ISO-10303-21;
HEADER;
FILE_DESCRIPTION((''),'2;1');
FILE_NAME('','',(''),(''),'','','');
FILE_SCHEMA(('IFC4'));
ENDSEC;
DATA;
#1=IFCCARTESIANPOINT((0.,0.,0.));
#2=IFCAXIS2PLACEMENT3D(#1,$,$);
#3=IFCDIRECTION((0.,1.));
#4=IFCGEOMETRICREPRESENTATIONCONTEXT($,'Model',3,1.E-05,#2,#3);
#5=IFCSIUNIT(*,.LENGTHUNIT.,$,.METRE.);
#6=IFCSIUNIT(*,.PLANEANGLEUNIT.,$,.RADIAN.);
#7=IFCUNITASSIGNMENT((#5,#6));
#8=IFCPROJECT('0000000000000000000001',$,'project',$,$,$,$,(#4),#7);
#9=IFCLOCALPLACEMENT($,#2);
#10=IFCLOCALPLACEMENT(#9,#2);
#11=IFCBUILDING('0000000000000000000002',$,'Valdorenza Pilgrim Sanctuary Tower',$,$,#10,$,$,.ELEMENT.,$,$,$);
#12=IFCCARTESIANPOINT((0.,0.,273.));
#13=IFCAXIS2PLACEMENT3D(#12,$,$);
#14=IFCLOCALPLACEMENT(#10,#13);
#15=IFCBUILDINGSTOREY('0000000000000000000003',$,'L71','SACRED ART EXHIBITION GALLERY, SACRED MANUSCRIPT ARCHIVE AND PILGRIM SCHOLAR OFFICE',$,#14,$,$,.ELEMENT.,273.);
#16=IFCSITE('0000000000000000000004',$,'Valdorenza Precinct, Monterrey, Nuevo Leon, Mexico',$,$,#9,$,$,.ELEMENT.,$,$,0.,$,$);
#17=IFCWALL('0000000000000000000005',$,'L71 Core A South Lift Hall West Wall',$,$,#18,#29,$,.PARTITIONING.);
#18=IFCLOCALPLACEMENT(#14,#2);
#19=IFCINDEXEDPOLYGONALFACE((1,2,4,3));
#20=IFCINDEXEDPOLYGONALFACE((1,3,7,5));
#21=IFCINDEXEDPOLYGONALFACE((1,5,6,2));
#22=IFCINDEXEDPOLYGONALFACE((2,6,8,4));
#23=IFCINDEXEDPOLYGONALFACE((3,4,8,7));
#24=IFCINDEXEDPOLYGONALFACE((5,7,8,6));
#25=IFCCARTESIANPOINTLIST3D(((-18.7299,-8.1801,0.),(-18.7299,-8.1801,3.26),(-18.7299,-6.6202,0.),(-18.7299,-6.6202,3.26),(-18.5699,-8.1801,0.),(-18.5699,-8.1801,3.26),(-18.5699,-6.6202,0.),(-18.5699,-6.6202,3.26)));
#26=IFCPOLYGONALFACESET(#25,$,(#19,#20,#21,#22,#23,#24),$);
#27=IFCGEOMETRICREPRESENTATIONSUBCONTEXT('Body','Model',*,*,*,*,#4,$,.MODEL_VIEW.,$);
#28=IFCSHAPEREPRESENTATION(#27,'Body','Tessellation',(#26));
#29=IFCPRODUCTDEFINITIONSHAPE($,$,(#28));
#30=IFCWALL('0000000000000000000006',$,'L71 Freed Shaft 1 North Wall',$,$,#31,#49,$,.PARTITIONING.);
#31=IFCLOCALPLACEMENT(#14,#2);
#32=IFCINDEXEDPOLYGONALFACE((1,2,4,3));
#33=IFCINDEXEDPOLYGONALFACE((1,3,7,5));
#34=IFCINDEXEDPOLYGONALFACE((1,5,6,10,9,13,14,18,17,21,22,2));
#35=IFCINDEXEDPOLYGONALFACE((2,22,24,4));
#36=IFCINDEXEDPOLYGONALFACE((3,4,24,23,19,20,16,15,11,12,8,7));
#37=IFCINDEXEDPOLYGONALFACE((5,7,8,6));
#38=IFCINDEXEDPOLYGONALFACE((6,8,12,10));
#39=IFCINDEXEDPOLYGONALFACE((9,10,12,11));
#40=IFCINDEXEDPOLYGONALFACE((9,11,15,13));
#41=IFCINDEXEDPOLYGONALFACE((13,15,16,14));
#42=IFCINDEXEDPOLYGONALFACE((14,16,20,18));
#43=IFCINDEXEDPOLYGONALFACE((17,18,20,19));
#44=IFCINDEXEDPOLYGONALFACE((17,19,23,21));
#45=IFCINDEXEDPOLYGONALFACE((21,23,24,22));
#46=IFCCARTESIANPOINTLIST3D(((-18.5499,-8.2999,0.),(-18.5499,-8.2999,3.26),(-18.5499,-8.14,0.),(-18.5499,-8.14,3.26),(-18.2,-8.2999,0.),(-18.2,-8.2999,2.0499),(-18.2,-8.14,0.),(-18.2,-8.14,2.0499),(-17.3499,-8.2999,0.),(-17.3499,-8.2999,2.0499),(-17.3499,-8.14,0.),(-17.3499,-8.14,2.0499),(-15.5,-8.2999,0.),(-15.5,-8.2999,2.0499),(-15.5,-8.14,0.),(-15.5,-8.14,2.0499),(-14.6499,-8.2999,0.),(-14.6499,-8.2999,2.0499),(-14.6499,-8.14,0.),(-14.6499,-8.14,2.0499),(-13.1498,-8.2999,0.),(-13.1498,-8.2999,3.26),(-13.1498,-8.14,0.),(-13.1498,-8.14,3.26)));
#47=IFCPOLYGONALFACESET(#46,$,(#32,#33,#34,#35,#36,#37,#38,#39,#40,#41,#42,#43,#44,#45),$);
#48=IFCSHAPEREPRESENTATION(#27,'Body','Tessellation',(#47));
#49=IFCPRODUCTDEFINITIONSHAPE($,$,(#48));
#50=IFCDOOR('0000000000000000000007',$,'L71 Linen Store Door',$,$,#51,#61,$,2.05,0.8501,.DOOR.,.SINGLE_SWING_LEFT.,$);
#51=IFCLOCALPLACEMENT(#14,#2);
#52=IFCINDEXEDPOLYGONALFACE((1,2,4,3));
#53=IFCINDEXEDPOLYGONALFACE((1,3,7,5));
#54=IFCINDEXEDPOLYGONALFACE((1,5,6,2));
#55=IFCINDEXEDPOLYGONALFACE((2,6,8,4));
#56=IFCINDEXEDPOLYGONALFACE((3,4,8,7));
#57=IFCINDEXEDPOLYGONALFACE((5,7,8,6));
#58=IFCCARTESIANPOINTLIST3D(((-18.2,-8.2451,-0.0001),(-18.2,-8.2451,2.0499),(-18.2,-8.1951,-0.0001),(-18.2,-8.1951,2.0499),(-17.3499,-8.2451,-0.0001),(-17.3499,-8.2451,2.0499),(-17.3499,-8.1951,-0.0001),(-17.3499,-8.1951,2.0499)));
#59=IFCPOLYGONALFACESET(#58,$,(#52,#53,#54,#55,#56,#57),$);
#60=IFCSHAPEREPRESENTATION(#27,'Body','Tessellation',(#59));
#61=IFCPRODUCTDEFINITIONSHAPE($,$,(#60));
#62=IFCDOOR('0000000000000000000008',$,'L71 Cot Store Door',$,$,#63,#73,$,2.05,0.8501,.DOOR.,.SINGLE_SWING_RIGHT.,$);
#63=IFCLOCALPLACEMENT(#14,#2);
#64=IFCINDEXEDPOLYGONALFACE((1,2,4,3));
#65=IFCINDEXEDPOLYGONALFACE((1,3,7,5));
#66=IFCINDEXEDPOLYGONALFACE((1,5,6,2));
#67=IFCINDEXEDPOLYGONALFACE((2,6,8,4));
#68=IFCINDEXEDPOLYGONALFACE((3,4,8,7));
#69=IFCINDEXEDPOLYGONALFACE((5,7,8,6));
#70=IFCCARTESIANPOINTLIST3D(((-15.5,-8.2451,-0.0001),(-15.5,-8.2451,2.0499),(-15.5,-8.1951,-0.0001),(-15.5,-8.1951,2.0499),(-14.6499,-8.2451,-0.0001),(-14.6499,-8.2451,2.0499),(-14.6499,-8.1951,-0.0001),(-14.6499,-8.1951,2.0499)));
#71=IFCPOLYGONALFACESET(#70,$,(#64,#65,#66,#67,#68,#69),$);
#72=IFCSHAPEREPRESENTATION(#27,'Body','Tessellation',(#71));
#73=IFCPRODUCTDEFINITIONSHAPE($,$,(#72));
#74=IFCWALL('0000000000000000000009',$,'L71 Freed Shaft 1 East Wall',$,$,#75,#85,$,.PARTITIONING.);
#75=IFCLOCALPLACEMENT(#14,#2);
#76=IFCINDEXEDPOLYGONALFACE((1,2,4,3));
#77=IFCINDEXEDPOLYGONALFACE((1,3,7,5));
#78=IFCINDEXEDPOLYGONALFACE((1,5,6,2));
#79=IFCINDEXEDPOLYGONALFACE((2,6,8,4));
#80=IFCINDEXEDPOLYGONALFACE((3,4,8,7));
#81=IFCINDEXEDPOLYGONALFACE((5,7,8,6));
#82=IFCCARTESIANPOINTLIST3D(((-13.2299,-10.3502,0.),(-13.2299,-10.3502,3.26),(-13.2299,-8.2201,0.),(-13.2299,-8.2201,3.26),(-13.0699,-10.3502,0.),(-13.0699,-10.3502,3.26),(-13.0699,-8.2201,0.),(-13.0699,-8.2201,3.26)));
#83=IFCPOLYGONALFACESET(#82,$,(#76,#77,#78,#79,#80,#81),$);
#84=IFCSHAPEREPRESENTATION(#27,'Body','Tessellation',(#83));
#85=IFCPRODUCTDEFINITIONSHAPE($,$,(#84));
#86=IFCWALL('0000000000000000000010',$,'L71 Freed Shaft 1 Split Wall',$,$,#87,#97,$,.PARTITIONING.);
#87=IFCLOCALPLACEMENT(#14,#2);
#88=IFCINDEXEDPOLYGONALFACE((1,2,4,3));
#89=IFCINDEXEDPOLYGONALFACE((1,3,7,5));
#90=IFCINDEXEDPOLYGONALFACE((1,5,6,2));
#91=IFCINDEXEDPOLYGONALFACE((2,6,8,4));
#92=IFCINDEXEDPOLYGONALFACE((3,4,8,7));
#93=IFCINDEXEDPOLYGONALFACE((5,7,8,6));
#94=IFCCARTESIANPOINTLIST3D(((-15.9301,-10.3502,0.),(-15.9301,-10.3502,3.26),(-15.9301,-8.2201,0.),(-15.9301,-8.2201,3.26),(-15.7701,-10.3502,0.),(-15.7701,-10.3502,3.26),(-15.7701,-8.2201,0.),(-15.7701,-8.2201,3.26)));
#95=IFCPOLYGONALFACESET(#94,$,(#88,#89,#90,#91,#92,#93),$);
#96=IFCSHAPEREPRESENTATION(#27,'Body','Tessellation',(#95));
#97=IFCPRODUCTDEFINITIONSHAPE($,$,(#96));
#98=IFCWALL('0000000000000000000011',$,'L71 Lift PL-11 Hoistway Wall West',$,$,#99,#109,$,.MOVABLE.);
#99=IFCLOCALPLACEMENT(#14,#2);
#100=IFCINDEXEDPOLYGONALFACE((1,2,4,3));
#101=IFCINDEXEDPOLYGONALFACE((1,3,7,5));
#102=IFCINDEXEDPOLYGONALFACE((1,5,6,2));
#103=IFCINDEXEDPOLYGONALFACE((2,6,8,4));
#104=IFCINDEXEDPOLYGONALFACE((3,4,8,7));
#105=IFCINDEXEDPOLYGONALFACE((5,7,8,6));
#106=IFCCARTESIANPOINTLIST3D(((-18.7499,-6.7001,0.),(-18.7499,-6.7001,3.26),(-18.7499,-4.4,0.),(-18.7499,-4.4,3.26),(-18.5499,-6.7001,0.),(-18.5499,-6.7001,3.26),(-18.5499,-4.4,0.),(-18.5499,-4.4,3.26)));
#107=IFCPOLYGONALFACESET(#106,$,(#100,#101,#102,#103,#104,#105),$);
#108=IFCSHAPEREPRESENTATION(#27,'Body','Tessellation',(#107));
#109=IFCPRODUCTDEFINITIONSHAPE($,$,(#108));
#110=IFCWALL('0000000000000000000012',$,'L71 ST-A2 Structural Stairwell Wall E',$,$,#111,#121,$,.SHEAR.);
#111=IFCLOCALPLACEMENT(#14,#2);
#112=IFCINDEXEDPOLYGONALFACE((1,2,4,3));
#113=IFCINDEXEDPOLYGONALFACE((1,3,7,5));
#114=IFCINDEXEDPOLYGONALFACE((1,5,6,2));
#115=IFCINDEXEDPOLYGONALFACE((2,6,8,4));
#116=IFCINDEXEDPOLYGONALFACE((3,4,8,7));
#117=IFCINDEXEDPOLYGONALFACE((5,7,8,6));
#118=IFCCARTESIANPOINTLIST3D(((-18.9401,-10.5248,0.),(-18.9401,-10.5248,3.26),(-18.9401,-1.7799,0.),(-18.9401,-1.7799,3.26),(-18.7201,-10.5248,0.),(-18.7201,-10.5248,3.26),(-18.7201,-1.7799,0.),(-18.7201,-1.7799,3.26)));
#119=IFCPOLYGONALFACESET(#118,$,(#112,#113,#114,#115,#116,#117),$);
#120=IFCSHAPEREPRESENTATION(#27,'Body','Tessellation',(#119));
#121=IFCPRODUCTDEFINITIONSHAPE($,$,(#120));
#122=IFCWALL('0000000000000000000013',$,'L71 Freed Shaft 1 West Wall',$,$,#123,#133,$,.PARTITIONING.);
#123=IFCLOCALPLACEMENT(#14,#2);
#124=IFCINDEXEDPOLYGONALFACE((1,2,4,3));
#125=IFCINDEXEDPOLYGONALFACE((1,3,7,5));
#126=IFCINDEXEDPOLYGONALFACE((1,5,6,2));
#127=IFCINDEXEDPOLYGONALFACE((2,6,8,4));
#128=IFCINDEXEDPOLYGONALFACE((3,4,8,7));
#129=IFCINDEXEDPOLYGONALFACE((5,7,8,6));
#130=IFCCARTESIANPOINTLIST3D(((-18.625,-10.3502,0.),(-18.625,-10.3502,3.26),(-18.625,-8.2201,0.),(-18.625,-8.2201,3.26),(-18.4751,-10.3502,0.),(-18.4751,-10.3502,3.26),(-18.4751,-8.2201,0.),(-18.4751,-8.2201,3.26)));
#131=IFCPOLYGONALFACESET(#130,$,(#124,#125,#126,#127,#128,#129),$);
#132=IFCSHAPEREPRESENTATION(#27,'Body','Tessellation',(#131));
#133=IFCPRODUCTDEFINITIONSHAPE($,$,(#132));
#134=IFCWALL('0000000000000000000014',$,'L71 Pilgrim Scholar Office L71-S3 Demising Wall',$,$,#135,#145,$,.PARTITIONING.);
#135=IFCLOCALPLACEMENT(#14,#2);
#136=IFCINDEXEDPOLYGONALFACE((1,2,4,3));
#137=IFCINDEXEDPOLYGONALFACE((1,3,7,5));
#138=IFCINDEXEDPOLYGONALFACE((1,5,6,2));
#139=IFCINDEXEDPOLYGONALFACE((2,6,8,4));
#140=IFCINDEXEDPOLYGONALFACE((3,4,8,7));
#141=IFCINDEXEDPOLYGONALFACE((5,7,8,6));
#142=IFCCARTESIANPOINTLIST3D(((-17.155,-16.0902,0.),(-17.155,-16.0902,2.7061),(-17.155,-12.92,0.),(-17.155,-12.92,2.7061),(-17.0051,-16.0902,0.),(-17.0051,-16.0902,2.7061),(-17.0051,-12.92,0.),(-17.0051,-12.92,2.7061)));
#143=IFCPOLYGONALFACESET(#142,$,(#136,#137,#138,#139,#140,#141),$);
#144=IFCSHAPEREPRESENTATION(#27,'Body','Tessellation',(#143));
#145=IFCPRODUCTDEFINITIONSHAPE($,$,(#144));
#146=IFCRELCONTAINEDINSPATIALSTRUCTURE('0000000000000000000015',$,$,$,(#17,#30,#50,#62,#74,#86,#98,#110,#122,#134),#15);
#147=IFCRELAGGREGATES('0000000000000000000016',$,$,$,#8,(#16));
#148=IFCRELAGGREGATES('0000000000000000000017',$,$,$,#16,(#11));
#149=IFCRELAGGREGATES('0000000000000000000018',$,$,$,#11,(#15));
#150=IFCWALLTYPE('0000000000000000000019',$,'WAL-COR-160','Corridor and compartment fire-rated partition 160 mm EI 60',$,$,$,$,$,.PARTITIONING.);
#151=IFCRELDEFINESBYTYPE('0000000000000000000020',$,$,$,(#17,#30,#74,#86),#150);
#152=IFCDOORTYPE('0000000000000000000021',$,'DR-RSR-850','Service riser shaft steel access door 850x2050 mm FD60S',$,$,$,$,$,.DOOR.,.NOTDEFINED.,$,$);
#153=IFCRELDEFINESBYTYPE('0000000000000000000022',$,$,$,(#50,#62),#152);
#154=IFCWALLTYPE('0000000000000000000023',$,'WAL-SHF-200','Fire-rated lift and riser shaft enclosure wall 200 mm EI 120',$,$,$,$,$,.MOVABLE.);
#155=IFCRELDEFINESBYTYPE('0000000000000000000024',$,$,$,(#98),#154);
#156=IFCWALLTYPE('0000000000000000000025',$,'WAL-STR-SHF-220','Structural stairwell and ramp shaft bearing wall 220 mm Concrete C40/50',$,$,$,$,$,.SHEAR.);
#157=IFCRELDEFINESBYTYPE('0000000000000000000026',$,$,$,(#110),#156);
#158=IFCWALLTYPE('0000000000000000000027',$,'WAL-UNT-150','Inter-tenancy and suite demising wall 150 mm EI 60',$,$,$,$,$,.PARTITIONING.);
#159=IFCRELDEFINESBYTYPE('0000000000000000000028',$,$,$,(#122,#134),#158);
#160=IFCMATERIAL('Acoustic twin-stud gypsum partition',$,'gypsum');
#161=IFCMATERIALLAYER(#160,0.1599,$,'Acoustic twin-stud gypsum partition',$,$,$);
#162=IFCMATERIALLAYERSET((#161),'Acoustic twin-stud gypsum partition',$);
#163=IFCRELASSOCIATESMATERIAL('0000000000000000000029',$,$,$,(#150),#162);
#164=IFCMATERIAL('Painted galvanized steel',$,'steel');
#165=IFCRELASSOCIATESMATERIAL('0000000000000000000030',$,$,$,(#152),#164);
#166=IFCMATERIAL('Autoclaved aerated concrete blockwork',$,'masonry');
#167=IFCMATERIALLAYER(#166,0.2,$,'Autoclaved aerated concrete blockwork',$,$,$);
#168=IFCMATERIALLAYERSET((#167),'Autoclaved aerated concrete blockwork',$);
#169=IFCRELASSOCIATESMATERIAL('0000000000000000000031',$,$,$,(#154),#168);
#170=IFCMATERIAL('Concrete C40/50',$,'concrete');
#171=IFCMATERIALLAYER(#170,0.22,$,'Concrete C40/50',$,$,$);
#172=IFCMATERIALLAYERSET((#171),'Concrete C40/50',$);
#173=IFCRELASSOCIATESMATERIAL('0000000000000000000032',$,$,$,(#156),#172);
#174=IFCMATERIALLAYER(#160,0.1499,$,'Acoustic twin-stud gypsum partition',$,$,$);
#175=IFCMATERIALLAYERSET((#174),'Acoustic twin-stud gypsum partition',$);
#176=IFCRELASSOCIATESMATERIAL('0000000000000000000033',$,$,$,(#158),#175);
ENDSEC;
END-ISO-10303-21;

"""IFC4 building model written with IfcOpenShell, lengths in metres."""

from ifc_helpers import new_model, si_unit, direction, frame, frame_2d, origin, place, context, subcontext, project, spatial, rectangle, extrude, material, layer, layer_set, type_object, element, fill, save


model = new_model("IFC4")

# Units and contexts
model_context = context("Model", 3, precision=1e-05, world=origin(), true_north=direction((0.0, 1.0)))
body_context = subcontext(model_context, "Body", "Model", "MODEL_VIEW")
ifc_project = project(units=[si_unit("LENGTHUNIT", "METRE"), si_unit("PLANEANGLEUNIT", "RADIAN")], contexts=[model_context])

# Site, building, storey
site_placement = place(None, origin())
site = spatial("IfcSite", under=ifc_project, at=site_placement, Name="Valdorenza Precinct, Monterrey, Nuevo Leon, Mexico", CompositionType="ELEMENT", RefElevation=0.0)
building_placement = place(site_placement, origin())
building = spatial("IfcBuilding", under=site, at=building_placement, Name="Valdorenza Pilgrim Sanctuary Tower", CompositionType="ELEMENT")
storey_placement = place(building_placement, frame((0.0, 0.0, 273.0)))
storey = spatial("IfcBuildingStorey", under=building, at=storey_placement, Name="L71", Description="SACRED ART EXHIBITION GALLERY, SACRED MANUSCRIPT ARCHIVE AND PILGRIM SCHOLAR OFFICE", CompositionType="ELEMENT", Elevation=273.0)

# Wall
ifc_material_1 = material(Name="Acoustic twin-stud gypsum partition", Category="gypsum")
ifc_layer_1 = layer(ifc_material_1, 0.1599, Name="Acoustic twin-stud gypsum partition")
ifc_layer_set_1 = layer_set([ifc_layer_1], Name="Acoustic twin-stud gypsum partition")
wall_type_1 = type_object("IfcWallType", Name="WAL-COR-160", Description="Corridor and compartment fire-rated partition 160 mm EI 60", PredefinedType="PARTITIONING", material=ifc_layer_set_1)
wall_1_placement = place(storey_placement, frame((-18.6499, -8.1799, 0.0), z_axis=(0.0, 0.0, 1.0), x_axis=(0.0, 1.0, 0.0)))
element("IfcWall", 1, at=wall_1_placement, inside=storey, type_object=wall_type_1, Name="L71 Core A South Lift Hall West Wall", PredefinedType="PARTITIONING", context=body_context, shape_type="SweptSolid", body=[
    extrude(rectangle(XDim=1.5598, YDim=0.1599, at=frame_2d((0.7798, 0.0))), origin(), (0.0, 0.0, 1.0), 3.26),
])

# Wall, openings, doors
wall_2_placement = place(storey_placement, frame((-18.55, -8.22, 0.0), z_axis=(0.0, 0.0, 1.0), x_axis=(1.0, 0.0, 0.0)))
wall_2 = element("IfcWall", 2, at=wall_2_placement, inside=storey, type_object=wall_type_1, Name="L71 Freed Shaft 1 North Wall", PredefinedType="PARTITIONING", context=body_context, shape_type="SweptSolid", body=[
    extrude(rectangle(XDim=5.4001, YDim=0.1599, at=frame_2d((2.7002, 0.0))), origin(), (0.0, 0.0, 1.0), 3.26),
])
opening_1_placement = place(wall_2_placement, frame((0.3501, 0.0, 0.0)))
opening_1 = element("IfcOpeningElement", 3, at=opening_1_placement, cuts=wall_2, PredefinedType="OPENING", context=body_context, shape_type="SweptSolid", body=[
    extrude(rectangle(XDim=0.8501, YDim=2.05, at=frame_2d((0.425, 1.0249))), frame((0.0, 0.0947, 0.0), z_axis=(0.0, -1.0, 0.0), x_axis=(1.0, 0.0, 0.0)), (0.0, 0.0, 1.0), 0.1897),
])
opening_2_placement = place(wall_2_placement, frame((3.05, 0.0, 0.0)))
opening_2 = element("IfcOpeningElement", 4, at=opening_2_placement, cuts=wall_2, PredefinedType="OPENING", context=body_context, shape_type="SweptSolid", body=[
    extrude(rectangle(XDim=0.8501, YDim=2.05, at=frame_2d((0.425, 1.0249))), frame((0.0, 0.0947, 0.0), z_axis=(0.0, -1.0, 0.0), x_axis=(1.0, 0.0, 0.0)), (0.0, 0.0, 1.0), 0.1897),
])
ifc_material_2 = material(Name="Painted galvanized steel", Category="steel")
door_type = type_object("IfcDoorType", Name="DR-RSR-850", Description="Service riser shaft steel access door 850x2050 mm FD60S", OperationType="NOTDEFINED", PredefinedType="DOOR", material=ifc_material_2)
door_1_placement = place(opening_1_placement, origin())
door_1 = element("IfcDoor", 5, at=door_1_placement, inside=storey, type_object=door_type, Name="L71 Linen Store Door", OperationType="SINGLE_SWING_LEFT", OverallHeight=2.05, OverallWidth=0.8501, PredefinedType="DOOR", context=body_context, shape_type="SweptSolid", body=[
    extrude(rectangle(XDim=0.8501, YDim=2.05, at=frame_2d((0.425, 1.0249))), frame((0.0, 0.0249, 0.0), z_axis=(0.0, -1.0, 0.0), x_axis=(1.0, 0.0, 0.0)), (0.0, 0.0, 1.0), 0.05),
])
fill(opening_1, door_1)
door_2_placement = place(opening_2_placement, origin())
door_2 = element("IfcDoor", 6, at=door_2_placement, inside=storey, type_object=door_type, Name="L71 Cot Store Door", OperationType="SINGLE_SWING_RIGHT", OverallHeight=2.05, OverallWidth=0.8501, PredefinedType="DOOR", context=body_context, shape_type="SweptSolid", body=[
    extrude(rectangle(XDim=0.8501, YDim=2.05, at=frame_2d((0.425, 1.0249))), frame((0.0, 0.0249, 0.0), z_axis=(0.0, -1.0, 0.0), x_axis=(1.0, 0.0, 0.0)), (0.0, 0.0, 1.0), 0.05),
])
fill(opening_2, door_2)

# Walls
for number, where, z_axis, x_axis, name in (
    (7, (-13.1499, -10.3501, 0.0), (0.0, 0.0, 1.0), (0.0, 1.0, 0.0), "L71 Freed Shaft 1 East Wall"),
    (8, (-15.8501, -10.3501, 0.0), (0.0, 0.0, 1.0), (0.0, 1.0, 0.0), "L71 Freed Shaft 1 Split Wall"),
):
    element("IfcWall", number, at=place(storey_placement, frame(where, z_axis=z_axis, x_axis=x_axis)), inside=storey, type_object=wall_type_1, Name=name, PredefinedType="PARTITIONING", context=body_context, shape_type="SweptSolid", body=[
        extrude(rectangle(XDim=2.1301, YDim=0.1599, at=frame_2d((1.0649, 0.0))), origin(), (0.0, 0.0, 1.0), 3.26),
    ])
ifc_material_3 = material(Name="Autoclaved aerated concrete blockwork", Category="masonry")
ifc_layer_2 = layer(ifc_material_3, 0.2, Name="Autoclaved aerated concrete blockwork")
ifc_layer_set_2 = layer_set([ifc_layer_2], Name="Autoclaved aerated concrete blockwork")
wall_type_2 = type_object("IfcWallType", Name="WAL-SHF-200", Description="Fire-rated lift and riser shaft enclosure wall 200 mm EI 120", PredefinedType="MOVABLE", material=ifc_layer_set_2)
wall_3_placement = place(storey_placement, frame((-18.6499, -6.7, 0.0), z_axis=(0.0, 0.0, 1.0), x_axis=(0.0, 1.0, 0.0)))
element("IfcWall", 9, at=wall_3_placement, inside=storey, type_object=wall_type_2, Name="L71 Lift PL-11 Hoistway Wall West", PredefinedType="MOVABLE", context=body_context, shape_type="SweptSolid", body=[
    extrude(rectangle(XDim=2.3, YDim=0.2, at=frame_2d((1.1499, 0.0))), origin(), (0.0, 0.0, 1.0), 3.26),
])
ifc_material_4 = material(Name="Concrete C40/50", Category="concrete")
ifc_layer_3 = layer(ifc_material_4, 0.22, Name="Concrete C40/50")
ifc_layer_set_3 = layer_set([ifc_layer_3], Name="Concrete C40/50")
wall_type_3 = type_object("IfcWallType", Name="WAL-STR-SHF-220", Description="Structural stairwell and ramp shaft bearing wall 220 mm Concrete C40/50", PredefinedType="SHEAR", material=ifc_layer_set_3)
wall_4_placement = place(storey_placement, frame((-18.8301, -10.5249, 0.0), z_axis=(0.0, 0.0, 1.0), x_axis=(0.0, 1.0, 0.0)))
element("IfcWall", 10, at=wall_4_placement, inside=storey, type_object=wall_type_3, Name="L71 ST-A2 Structural Stairwell Wall E", PredefinedType="SHEAR", context=body_context, shape_type="SweptSolid", body=[
    extrude(rectangle(XDim=8.7449, YDim=0.22, at=frame_2d((4.3726, 0.0))), origin(), (0.0, 0.0, 1.0), 3.26),
])
ifc_layer_4 = layer(ifc_material_1, 0.1499, Name="Acoustic twin-stud gypsum partition")
ifc_layer_set_4 = layer_set([ifc_layer_4], Name="Acoustic twin-stud gypsum partition")
wall_type_4 = type_object("IfcWallType", Name="WAL-UNT-150", Description="Inter-tenancy and suite demising wall 150 mm EI 60", PredefinedType="PARTITIONING", material=ifc_layer_set_4)
wall_5_placement = place(storey_placement, frame((-18.55, -10.3501, 0.0), z_axis=(0.0, 0.0, 1.0), x_axis=(0.0, 1.0, 0.0)))
element("IfcWall", 11, at=wall_5_placement, inside=storey, type_object=wall_type_4, Name="L71 Freed Shaft 1 West Wall", PredefinedType="PARTITIONING", context=body_context, shape_type="SweptSolid", body=[
    extrude(rectangle(XDim=2.1301, YDim=0.1499, at=frame_2d((1.0649, 0.0))), origin(), (0.0, 0.0, 1.0), 3.26),
])
wall_6_placement = place(storey_placement, frame((-17.0801, -16.0901, 0.0), z_axis=(0.0, 0.0, 1.0), x_axis=(0.0, 1.0, 0.0)))
element("IfcWall", 12, at=wall_6_placement, inside=storey, type_object=wall_type_4, Name="L71 Pilgrim Scholar Office L71-S3 Demising Wall", PredefinedType="PARTITIONING", context=body_context, shape_type="SweptSolid", body=[
    extrude(rectangle(XDim=3.1702, YDim=0.1499, at=frame_2d((1.585, 0.0))), origin(), (0.0, 0.0, 1.0), 2.7061),
])

save(model, "model.ifc")
